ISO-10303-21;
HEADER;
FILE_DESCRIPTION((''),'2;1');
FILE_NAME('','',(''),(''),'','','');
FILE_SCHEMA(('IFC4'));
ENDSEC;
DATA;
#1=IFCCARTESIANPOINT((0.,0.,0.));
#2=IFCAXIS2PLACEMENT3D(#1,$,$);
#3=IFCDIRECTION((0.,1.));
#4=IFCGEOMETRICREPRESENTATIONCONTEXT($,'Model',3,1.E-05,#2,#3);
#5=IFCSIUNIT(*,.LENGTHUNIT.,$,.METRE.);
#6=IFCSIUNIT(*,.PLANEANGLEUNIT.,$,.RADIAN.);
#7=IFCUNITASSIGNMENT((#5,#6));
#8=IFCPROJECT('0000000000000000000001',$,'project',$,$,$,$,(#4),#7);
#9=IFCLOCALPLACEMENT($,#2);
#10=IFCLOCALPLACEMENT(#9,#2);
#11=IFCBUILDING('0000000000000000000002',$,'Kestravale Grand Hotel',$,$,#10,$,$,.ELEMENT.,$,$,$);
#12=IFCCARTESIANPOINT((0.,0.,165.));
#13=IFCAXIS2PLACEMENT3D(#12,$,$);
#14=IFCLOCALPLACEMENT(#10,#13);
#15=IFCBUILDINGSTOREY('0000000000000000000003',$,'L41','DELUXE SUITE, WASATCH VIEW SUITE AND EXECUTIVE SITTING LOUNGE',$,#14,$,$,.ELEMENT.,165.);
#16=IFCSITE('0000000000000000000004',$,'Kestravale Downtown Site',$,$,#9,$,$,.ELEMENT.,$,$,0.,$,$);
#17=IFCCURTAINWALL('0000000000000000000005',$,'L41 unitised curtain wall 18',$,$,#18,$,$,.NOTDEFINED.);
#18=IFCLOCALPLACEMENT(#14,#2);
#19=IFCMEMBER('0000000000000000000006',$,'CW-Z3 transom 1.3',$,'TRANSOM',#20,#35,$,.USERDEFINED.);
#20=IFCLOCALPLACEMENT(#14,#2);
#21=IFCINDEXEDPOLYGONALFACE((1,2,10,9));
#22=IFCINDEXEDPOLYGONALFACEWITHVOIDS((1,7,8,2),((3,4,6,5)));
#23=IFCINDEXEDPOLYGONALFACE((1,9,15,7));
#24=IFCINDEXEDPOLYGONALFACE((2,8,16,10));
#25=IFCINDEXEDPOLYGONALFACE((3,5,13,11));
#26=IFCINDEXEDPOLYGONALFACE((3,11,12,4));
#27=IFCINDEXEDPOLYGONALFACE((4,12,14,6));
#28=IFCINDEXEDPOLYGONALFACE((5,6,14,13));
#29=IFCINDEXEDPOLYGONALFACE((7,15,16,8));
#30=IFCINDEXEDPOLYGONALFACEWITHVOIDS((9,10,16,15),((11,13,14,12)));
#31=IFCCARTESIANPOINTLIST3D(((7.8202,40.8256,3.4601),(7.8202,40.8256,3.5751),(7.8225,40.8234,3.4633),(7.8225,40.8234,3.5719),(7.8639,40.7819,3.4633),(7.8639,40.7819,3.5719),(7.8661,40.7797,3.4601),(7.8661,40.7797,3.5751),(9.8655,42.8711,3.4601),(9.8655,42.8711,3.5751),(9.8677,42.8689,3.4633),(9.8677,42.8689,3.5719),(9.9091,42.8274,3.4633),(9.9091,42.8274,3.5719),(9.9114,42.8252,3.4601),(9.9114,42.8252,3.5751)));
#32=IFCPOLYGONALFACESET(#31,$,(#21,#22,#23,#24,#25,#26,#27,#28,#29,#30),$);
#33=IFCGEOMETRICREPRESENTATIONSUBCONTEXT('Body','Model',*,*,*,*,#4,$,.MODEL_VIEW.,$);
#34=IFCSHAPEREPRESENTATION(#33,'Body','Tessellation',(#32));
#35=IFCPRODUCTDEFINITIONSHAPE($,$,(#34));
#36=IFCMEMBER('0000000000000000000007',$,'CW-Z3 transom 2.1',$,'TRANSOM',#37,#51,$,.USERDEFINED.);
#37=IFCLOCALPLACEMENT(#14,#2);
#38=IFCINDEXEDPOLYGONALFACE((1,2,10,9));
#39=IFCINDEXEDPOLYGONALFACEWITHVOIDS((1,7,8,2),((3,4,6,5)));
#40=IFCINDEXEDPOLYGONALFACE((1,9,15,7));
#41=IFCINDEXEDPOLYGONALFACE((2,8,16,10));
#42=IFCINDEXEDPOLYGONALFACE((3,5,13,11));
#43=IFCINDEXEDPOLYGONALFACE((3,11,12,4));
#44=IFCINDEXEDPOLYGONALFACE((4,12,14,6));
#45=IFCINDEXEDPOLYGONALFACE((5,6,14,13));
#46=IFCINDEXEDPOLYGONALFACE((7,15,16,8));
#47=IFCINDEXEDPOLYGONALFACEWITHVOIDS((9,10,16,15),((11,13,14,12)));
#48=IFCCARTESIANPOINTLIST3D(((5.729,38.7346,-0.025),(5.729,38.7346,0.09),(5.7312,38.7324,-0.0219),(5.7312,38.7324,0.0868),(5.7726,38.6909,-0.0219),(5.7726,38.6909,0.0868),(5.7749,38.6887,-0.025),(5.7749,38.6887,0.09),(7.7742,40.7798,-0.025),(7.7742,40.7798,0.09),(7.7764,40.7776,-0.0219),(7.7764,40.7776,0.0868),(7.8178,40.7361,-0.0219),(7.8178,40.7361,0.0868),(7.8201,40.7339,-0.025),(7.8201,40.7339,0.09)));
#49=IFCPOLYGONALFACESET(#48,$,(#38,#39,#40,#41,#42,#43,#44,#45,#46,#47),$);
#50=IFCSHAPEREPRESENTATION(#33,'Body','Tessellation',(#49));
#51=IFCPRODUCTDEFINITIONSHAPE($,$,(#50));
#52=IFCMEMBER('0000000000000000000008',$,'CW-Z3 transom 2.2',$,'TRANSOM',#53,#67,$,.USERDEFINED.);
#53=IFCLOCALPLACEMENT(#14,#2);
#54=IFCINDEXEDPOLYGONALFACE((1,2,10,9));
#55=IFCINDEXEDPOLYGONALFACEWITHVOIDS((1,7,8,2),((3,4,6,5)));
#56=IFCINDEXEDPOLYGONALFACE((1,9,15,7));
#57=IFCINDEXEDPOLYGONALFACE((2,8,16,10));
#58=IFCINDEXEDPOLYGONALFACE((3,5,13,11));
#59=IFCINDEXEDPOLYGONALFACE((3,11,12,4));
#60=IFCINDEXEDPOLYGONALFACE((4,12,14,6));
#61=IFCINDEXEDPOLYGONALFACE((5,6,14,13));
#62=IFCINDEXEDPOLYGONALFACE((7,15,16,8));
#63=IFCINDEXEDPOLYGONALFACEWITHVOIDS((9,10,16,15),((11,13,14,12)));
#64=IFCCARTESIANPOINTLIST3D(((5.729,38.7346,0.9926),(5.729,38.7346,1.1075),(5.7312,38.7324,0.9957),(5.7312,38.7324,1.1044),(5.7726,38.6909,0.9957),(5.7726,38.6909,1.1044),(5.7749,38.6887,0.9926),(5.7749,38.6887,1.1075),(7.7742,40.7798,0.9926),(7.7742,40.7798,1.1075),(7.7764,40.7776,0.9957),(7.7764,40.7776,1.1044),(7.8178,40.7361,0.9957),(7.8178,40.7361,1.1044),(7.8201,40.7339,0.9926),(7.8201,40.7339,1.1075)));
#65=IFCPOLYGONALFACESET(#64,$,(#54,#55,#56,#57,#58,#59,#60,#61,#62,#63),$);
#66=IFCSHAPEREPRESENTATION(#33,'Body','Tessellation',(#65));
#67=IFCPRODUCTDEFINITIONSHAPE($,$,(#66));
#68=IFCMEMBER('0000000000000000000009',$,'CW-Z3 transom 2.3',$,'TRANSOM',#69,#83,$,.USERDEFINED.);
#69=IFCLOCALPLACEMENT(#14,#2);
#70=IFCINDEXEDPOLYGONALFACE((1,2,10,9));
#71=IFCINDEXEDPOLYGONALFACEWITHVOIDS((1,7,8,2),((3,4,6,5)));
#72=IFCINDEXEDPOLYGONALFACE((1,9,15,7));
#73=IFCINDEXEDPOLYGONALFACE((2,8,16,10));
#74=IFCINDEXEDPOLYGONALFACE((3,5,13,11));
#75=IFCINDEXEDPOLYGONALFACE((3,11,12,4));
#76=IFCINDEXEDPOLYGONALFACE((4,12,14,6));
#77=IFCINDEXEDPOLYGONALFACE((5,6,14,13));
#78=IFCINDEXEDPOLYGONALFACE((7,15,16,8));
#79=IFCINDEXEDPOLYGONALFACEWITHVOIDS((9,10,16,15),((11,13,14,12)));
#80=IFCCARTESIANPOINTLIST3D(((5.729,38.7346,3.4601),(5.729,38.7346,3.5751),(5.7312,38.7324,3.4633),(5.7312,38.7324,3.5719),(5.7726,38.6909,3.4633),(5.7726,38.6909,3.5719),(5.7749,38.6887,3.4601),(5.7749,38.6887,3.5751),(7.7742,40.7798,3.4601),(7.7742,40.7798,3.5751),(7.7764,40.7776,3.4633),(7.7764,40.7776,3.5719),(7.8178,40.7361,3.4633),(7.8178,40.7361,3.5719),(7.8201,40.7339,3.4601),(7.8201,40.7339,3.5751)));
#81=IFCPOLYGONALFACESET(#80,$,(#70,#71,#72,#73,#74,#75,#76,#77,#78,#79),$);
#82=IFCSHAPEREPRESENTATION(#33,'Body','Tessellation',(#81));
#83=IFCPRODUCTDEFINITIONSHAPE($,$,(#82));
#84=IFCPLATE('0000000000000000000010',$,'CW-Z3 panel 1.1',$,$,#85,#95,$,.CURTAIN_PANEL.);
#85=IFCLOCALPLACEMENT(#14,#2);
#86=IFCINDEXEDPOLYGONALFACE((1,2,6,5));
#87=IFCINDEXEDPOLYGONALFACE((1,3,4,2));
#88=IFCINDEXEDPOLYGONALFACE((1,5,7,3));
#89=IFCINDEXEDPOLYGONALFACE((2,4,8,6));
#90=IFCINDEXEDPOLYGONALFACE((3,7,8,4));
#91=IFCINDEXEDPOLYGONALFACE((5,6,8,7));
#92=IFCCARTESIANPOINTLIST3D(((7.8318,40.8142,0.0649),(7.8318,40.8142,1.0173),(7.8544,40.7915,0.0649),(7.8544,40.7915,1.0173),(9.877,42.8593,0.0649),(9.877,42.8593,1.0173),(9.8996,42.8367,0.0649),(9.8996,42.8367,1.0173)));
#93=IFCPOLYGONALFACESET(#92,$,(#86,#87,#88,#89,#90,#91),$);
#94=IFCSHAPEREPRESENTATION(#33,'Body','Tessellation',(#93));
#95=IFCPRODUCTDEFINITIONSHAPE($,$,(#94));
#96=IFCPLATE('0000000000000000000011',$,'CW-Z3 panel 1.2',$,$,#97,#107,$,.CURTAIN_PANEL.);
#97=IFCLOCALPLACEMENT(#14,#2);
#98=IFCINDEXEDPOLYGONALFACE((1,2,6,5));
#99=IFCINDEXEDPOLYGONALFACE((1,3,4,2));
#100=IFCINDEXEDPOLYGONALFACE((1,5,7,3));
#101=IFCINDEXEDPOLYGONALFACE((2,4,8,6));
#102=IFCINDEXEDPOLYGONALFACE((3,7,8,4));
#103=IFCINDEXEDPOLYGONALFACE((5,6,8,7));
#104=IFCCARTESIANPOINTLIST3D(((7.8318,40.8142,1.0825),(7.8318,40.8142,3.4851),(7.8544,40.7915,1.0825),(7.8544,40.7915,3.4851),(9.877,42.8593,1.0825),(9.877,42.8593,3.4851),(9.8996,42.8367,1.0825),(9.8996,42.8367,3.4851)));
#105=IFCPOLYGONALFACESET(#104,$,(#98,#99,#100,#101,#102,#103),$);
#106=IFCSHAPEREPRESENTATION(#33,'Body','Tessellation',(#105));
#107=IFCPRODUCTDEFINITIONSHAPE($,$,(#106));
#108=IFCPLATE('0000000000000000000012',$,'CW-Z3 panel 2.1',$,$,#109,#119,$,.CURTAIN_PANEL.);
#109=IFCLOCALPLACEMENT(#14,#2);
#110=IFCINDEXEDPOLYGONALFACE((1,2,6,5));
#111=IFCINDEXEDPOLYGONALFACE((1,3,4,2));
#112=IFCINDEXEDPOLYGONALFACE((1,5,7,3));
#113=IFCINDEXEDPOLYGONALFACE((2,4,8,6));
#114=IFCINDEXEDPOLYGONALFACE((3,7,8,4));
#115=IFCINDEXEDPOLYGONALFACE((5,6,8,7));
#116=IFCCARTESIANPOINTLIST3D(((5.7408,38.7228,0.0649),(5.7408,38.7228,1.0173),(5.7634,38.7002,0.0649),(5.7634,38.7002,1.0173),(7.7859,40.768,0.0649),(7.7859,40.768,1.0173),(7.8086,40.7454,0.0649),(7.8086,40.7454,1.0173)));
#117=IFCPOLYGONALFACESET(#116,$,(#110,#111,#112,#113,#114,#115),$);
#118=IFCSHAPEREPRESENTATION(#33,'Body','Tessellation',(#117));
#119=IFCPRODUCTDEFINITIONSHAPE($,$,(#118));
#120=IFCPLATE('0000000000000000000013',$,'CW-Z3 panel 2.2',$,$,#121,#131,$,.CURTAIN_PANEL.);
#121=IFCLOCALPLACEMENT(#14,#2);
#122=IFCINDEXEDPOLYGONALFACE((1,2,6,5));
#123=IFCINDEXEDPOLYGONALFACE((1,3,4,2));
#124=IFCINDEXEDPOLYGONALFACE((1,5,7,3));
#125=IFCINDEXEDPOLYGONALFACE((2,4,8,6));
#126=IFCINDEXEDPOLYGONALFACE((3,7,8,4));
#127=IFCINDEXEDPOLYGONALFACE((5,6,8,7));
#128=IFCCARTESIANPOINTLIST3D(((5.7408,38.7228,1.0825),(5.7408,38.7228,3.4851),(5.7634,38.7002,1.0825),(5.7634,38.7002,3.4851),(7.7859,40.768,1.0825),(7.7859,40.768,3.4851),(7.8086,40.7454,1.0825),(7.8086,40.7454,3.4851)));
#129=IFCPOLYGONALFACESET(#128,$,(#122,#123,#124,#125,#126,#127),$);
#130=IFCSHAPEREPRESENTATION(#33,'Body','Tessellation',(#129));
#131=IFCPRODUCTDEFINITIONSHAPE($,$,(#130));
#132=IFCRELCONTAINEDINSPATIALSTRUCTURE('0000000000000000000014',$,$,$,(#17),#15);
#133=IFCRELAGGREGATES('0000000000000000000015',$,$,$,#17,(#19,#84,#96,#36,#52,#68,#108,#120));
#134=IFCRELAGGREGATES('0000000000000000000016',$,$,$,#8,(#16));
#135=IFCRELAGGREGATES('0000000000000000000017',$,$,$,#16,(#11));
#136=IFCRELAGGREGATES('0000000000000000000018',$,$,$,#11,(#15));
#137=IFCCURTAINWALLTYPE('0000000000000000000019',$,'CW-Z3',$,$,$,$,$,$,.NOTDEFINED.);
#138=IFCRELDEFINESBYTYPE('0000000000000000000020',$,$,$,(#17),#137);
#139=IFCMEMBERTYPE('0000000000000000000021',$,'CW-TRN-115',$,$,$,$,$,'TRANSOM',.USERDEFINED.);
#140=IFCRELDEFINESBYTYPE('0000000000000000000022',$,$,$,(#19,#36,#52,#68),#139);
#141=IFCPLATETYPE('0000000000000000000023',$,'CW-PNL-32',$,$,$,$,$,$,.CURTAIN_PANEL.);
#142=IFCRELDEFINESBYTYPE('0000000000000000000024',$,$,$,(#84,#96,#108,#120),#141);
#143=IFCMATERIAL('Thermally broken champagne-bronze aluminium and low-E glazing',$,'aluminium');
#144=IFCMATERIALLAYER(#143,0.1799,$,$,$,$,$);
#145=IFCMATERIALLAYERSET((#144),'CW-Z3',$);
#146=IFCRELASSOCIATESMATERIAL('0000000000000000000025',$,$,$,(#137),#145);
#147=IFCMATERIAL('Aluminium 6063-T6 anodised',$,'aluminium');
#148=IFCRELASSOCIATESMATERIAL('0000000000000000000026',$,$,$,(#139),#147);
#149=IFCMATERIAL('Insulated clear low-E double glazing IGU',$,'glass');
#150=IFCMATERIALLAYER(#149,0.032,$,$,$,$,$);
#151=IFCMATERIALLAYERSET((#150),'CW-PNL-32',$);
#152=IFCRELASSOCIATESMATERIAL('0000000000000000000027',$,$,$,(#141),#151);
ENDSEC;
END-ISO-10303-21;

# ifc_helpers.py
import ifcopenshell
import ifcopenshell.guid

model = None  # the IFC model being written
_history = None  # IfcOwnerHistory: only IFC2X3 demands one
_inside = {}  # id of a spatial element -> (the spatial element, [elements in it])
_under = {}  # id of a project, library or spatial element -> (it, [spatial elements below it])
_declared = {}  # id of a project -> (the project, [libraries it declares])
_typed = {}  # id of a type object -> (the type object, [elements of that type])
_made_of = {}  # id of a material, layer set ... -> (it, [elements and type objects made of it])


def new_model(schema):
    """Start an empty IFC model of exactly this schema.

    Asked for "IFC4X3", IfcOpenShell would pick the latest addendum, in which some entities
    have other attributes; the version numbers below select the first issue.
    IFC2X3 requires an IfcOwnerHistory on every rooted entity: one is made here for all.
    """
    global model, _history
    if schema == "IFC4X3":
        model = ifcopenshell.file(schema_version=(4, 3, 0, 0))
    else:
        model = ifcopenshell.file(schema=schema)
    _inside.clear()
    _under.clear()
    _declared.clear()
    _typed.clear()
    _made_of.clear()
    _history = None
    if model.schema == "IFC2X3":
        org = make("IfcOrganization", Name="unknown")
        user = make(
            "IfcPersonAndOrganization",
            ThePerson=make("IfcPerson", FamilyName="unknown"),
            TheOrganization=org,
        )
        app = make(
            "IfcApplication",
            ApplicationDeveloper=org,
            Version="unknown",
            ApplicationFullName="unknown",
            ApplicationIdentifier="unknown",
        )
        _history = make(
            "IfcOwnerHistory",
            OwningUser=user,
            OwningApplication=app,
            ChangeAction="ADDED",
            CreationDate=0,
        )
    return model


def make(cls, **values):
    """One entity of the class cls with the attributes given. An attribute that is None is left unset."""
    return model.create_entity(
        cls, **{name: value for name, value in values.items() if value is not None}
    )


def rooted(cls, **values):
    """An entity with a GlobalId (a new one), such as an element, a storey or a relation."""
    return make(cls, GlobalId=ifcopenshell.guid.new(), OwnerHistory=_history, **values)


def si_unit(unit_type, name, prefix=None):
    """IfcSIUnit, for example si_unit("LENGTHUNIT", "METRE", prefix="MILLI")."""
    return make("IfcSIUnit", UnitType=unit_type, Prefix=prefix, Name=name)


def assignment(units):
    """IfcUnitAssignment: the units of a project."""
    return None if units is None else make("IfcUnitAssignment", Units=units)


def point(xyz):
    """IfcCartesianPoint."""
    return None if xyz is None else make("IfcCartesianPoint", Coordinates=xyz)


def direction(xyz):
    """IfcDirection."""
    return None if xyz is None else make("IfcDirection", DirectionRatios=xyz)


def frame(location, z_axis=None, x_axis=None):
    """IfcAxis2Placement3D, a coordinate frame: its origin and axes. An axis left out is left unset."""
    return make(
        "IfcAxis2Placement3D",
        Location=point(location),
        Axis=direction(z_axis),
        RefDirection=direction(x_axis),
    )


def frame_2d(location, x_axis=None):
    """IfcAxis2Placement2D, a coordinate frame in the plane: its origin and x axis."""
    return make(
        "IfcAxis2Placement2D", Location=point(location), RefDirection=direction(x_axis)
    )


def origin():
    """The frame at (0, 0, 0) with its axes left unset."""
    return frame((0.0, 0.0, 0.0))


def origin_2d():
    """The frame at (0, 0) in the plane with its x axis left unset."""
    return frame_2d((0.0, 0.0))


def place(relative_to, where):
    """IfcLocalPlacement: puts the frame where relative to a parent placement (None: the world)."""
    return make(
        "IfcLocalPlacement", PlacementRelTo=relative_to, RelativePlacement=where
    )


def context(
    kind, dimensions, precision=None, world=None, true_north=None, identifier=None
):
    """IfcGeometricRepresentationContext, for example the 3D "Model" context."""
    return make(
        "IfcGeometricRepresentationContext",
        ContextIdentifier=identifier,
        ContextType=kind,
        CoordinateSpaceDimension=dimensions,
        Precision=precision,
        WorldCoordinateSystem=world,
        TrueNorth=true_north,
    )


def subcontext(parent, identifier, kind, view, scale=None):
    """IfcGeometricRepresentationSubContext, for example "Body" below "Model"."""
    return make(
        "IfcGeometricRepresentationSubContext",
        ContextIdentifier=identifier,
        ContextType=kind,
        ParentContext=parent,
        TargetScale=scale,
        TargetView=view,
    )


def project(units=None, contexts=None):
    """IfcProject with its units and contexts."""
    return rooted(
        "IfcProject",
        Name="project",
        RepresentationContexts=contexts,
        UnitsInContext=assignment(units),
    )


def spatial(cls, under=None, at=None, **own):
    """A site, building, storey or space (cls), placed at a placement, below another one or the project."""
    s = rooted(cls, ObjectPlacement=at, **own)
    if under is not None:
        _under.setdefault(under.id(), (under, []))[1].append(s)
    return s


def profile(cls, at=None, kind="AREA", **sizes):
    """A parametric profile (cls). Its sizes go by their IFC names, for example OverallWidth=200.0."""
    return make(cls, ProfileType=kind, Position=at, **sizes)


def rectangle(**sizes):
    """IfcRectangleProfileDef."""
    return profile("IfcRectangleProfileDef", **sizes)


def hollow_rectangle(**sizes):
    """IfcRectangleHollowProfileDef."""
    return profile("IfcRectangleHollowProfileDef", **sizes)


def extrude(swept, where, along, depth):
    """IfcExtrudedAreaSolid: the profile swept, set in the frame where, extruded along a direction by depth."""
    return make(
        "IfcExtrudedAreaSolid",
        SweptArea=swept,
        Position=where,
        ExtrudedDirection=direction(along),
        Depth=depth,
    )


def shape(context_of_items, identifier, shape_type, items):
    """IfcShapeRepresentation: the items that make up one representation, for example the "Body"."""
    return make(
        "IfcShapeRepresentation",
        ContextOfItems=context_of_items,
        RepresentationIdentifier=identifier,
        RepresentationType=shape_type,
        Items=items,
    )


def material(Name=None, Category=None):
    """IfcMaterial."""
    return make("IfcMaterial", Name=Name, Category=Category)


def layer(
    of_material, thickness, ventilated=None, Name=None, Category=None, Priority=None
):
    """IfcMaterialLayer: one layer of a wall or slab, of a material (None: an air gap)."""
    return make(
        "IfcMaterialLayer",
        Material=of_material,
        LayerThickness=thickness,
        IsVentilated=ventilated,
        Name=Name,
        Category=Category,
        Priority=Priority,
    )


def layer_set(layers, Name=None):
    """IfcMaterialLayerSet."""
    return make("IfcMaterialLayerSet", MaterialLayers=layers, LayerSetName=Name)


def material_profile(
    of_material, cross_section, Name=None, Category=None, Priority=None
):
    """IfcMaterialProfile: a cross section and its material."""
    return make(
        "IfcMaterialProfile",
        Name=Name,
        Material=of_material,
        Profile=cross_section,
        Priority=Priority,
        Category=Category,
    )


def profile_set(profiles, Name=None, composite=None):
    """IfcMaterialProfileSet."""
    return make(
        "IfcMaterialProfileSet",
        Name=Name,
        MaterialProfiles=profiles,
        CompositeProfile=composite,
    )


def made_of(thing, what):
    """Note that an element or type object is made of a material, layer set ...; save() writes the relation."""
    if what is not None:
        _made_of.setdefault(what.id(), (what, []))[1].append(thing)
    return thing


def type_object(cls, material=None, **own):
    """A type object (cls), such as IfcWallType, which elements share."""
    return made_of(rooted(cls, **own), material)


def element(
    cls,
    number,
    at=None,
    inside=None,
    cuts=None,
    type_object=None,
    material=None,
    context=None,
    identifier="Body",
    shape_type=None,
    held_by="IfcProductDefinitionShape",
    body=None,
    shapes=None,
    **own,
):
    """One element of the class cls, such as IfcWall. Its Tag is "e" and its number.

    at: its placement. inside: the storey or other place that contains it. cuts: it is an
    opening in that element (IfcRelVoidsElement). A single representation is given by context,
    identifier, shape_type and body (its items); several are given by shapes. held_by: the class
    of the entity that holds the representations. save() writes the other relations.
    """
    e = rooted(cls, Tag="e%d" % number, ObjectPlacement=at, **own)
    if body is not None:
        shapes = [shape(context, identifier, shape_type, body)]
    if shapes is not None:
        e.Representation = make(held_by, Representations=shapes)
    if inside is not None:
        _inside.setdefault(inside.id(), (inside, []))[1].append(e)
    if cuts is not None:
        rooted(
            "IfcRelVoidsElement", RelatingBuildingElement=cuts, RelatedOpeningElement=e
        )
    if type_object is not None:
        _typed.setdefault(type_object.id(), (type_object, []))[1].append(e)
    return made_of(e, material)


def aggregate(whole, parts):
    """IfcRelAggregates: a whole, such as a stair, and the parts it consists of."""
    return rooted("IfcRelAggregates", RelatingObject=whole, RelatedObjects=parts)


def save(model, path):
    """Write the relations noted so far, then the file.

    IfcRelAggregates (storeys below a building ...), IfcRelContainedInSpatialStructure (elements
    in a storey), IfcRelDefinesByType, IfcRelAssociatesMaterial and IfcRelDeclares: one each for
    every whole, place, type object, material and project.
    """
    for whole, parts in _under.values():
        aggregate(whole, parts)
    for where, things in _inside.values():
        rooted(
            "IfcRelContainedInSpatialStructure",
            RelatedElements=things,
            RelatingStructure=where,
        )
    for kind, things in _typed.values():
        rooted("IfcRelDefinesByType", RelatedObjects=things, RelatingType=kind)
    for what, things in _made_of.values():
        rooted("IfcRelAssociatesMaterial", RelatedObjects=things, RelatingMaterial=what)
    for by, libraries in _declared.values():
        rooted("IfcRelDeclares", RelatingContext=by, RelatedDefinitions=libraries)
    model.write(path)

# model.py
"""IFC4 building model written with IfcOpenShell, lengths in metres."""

from ifc_helpers import new_model, si_unit, direction, frame, origin, origin_2d, place, context, subcontext, project, spatial, rectangle, hollow_rectangle, extrude, material, layer, layer_set, material_profile, profile_set, type_object, element, aggregate, save


model = new_model("IFC4")

# Units and contexts
model_context = context("Model", 3, precision=1e-05, world=origin(), true_north=direction((0.0, 1.0)))
body_context = subcontext(model_context, "Body", "Model", "MODEL_VIEW")
ifc_project = project(units=[si_unit("LENGTHUNIT", "METRE"), si_unit("PLANEANGLEUNIT", "RADIAN")], contexts=[model_context])

# Site, building, storey
site_placement = place(None, origin())
site = spatial("IfcSite", under=ifc_project, at=site_placement, Name="Kestravale Downtown Site", CompositionType="ELEMENT", RefElevation=0.0)
building_placement = place(site_placement, origin())
building = spatial("IfcBuilding", under=site, at=building_placement, Name="Kestravale Grand Hotel", CompositionType="ELEMENT")
storey_placement = place(building_placement, frame((0.0, 0.0, 165.0)))
storey = spatial("IfcBuildingStorey", under=building, at=storey_placement, Name="L41", Description="DELUXE SUITE, WASATCH VIEW SUITE AND EXECUTIVE SITTING LOUNGE", CompositionType="ELEMENT", Elevation=165.0)

# Curtain wall, members, plates
ifc_material_1 = material(Name="Thermally broken champagne-bronze aluminium and low-E glazing", Category="aluminium")
ifc_layer_1 = layer(ifc_material_1, 0.1799)
ifc_layer_set_1 = layer_set([ifc_layer_1], Name="CW-Z3")
curtain_wall_type = type_object("IfcCurtainWallType", Name="CW-Z3", PredefinedType="NOTDEFINED", material=ifc_layer_set_1)
curtain_wall_placement = place(storey_placement, origin())
curtain_wall = element("IfcCurtainWall", 1, at=curtain_wall_placement, inside=storey, type_object=curtain_wall_type, Name="L41 unitised curtain wall 18", PredefinedType="NOTDEFINED")
ifc_material_2 = material(Name="Aluminium 6063-T6 anodised", Category="aluminium")
ifc_material_profile_1 = material_profile(ifc_material_2, hollow_rectangle(XDim=0.0649, YDim=0.115, WallThickness=0.0032, at=origin_2d()))
ifc_profile_set_1 = profile_set([ifc_material_profile_1], Name="Aluminium 6063-T6 anodised")
member_type_1 = type_object("IfcMemberType", Name="CW-TRN-115", ElementType="TRANSOM", PredefinedType="USERDEFINED", material=ifc_profile_set_1)
member_1_placement = place(storey_placement, frame((9.8884, 42.8481, 3.5176), z_axis=(-0.707065, -0.707149, 0.0), x_axis=(0.707149, -0.707065, 0.0)))
member_1 = element("IfcMember", 2, at=member_1_placement, type_object=member_type_1, Name="CW-Z3 transom 1.3", ObjectType="TRANSOM", PredefinedType="USERDEFINED", context=body_context, shape_type="SweptSolid", body=[
    extrude(hollow_rectangle(XDim=0.0649, YDim=0.115, WallThickness=0.0032, at=origin_2d()), origin(), (0.0, 0.0, 1.0), 2.8926),
])
member_2_placement = place(storey_placement, frame((7.7971, 40.7568, 0.0325), z_axis=(-0.707107, -0.707107, 0.0), x_axis=(0.707107, -0.707107, 0.0)))
member_2 = element("IfcMember", 3, at=member_2_placement, type_object=member_type_1, Name="CW-Z3 transom 2.1", ObjectType="TRANSOM", PredefinedType="USERDEFINED", context=body_context, shape_type="SweptSolid", body=[
    extrude(hollow_rectangle(XDim=0.0649, YDim=0.115, WallThickness=0.0032, at=origin_2d()), origin(), (0.0, 0.0, 1.0), 2.8923),
])
member_3_placement = place(storey_placement, frame((7.7971, 40.7568, 1.05), z_axis=(-0.707107, -0.707107, 0.0), x_axis=(0.707107, -0.707107, 0.0)))
member_3 = element("IfcMember", 4, at=member_3_placement, type_object=member_type_1, Name="CW-Z3 transom 2.2", ObjectType="TRANSOM", PredefinedType="USERDEFINED", context=body_context, shape_type="SweptSolid", body=[
    extrude(hollow_rectangle(XDim=0.0649, YDim=0.115, WallThickness=0.0032, at=origin_2d()), origin(), (0.0, 0.0, 1.0), 2.8923),
])
member_4_placement = place(storey_placement, frame((7.7971, 40.7568, 3.5176), z_axis=(-0.707107, -0.707107, 0.0), x_axis=(0.707107, -0.707107, 0.0)))
member_4 = element("IfcMember", 5, at=member_4_placement, type_object=member_type_1, Name="CW-Z3 transom 2.3", ObjectType="TRANSOM", PredefinedType="USERDEFINED", context=body_context, shape_type="SweptSolid", body=[
    extrude(hollow_rectangle(XDim=0.0649, YDim=0.115, WallThickness=0.0032, at=origin_2d()), origin(), (0.0, 0.0, 1.0), 2.8923),
])
ifc_material_3 = material(Name="Insulated clear low-E double glazing IGU", Category="glass")
ifc_layer_2 = layer(ifc_material_3, 0.032)
ifc_layer_set_2 = layer_set([ifc_layer_2], Name="CW-PNL-32")
plate_type = type_object("IfcPlateType", Name="CW-PNL-32", PredefinedType="CURTAIN_PANEL", material=ifc_layer_set_2)
plate_1_placement = place(storey_placement, frame((8.8657, 41.8254, 0.0649), z_axis=(0.0, 0.0, 1.0), x_axis=(-0.707107, -0.707107, 0.0)))
plate_1 = element("IfcPlate", 6, at=plate_1_placement, type_object=plate_type, Name="CW-Z3 panel 1.1", PredefinedType="CURTAIN_PANEL", context=body_context, shape_type="SweptSolid", body=[
    extrude(rectangle(XDim=2.8923, YDim=0.032, at=origin_2d()), origin(), (0.0, 0.0, 1.0), 0.9524),
])
plate_2_placement = place(storey_placement, frame((8.8657, 41.8254, 1.0825), z_axis=(0.0, 0.0, 1.0), x_axis=(-0.707107, -0.707107, 0.0)))
plate_2 = element("IfcPlate", 7, at=plate_2_placement, type_object=plate_type, Name="CW-Z3 panel 1.2", PredefinedType="CURTAIN_PANEL", context=body_context, shape_type="SweptSolid", body=[
    extrude(rectangle(XDim=2.8923, YDim=0.032, at=origin_2d()), origin(), (0.0, 0.0, 1.0), 2.4026),
])
plate_3_placement = place(storey_placement, frame((6.7747, 39.7341, 0.0649), z_axis=(0.0, 0.0, 1.0), x_axis=(-0.707107, -0.707107, 0.0)))
plate_3 = element("IfcPlate", 8, at=plate_3_placement, type_object=plate_type, Name="CW-Z3 panel 2.1", PredefinedType="CURTAIN_PANEL", context=body_context, shape_type="SweptSolid", body=[
    extrude(rectangle(XDim=2.8923, YDim=0.032, at=origin_2d()), origin(), (0.0, 0.0, 1.0), 0.9524),
])
plate_4_placement = place(storey_placement, frame((6.7747, 39.7341, 1.0825), z_axis=(0.0, 0.0, 1.0), x_axis=(-0.707107, -0.707107, 0.0)))
plate_4 = element("IfcPlate", 9, at=plate_4_placement, type_object=plate_type, Name="CW-Z3 panel 2.2", PredefinedType="CURTAIN_PANEL", context=body_context, shape_type="SweptSolid", body=[
    extrude(rectangle(XDim=2.8923, YDim=0.032, at=origin_2d()), origin(), (0.0, 0.0, 1.0), 2.4026),
])
aggregate(curtain_wall, [member_1, plate_1, plate_2, member_2, member_3, member_4, plate_3, plate_4])

save(model, "model.ifc")
